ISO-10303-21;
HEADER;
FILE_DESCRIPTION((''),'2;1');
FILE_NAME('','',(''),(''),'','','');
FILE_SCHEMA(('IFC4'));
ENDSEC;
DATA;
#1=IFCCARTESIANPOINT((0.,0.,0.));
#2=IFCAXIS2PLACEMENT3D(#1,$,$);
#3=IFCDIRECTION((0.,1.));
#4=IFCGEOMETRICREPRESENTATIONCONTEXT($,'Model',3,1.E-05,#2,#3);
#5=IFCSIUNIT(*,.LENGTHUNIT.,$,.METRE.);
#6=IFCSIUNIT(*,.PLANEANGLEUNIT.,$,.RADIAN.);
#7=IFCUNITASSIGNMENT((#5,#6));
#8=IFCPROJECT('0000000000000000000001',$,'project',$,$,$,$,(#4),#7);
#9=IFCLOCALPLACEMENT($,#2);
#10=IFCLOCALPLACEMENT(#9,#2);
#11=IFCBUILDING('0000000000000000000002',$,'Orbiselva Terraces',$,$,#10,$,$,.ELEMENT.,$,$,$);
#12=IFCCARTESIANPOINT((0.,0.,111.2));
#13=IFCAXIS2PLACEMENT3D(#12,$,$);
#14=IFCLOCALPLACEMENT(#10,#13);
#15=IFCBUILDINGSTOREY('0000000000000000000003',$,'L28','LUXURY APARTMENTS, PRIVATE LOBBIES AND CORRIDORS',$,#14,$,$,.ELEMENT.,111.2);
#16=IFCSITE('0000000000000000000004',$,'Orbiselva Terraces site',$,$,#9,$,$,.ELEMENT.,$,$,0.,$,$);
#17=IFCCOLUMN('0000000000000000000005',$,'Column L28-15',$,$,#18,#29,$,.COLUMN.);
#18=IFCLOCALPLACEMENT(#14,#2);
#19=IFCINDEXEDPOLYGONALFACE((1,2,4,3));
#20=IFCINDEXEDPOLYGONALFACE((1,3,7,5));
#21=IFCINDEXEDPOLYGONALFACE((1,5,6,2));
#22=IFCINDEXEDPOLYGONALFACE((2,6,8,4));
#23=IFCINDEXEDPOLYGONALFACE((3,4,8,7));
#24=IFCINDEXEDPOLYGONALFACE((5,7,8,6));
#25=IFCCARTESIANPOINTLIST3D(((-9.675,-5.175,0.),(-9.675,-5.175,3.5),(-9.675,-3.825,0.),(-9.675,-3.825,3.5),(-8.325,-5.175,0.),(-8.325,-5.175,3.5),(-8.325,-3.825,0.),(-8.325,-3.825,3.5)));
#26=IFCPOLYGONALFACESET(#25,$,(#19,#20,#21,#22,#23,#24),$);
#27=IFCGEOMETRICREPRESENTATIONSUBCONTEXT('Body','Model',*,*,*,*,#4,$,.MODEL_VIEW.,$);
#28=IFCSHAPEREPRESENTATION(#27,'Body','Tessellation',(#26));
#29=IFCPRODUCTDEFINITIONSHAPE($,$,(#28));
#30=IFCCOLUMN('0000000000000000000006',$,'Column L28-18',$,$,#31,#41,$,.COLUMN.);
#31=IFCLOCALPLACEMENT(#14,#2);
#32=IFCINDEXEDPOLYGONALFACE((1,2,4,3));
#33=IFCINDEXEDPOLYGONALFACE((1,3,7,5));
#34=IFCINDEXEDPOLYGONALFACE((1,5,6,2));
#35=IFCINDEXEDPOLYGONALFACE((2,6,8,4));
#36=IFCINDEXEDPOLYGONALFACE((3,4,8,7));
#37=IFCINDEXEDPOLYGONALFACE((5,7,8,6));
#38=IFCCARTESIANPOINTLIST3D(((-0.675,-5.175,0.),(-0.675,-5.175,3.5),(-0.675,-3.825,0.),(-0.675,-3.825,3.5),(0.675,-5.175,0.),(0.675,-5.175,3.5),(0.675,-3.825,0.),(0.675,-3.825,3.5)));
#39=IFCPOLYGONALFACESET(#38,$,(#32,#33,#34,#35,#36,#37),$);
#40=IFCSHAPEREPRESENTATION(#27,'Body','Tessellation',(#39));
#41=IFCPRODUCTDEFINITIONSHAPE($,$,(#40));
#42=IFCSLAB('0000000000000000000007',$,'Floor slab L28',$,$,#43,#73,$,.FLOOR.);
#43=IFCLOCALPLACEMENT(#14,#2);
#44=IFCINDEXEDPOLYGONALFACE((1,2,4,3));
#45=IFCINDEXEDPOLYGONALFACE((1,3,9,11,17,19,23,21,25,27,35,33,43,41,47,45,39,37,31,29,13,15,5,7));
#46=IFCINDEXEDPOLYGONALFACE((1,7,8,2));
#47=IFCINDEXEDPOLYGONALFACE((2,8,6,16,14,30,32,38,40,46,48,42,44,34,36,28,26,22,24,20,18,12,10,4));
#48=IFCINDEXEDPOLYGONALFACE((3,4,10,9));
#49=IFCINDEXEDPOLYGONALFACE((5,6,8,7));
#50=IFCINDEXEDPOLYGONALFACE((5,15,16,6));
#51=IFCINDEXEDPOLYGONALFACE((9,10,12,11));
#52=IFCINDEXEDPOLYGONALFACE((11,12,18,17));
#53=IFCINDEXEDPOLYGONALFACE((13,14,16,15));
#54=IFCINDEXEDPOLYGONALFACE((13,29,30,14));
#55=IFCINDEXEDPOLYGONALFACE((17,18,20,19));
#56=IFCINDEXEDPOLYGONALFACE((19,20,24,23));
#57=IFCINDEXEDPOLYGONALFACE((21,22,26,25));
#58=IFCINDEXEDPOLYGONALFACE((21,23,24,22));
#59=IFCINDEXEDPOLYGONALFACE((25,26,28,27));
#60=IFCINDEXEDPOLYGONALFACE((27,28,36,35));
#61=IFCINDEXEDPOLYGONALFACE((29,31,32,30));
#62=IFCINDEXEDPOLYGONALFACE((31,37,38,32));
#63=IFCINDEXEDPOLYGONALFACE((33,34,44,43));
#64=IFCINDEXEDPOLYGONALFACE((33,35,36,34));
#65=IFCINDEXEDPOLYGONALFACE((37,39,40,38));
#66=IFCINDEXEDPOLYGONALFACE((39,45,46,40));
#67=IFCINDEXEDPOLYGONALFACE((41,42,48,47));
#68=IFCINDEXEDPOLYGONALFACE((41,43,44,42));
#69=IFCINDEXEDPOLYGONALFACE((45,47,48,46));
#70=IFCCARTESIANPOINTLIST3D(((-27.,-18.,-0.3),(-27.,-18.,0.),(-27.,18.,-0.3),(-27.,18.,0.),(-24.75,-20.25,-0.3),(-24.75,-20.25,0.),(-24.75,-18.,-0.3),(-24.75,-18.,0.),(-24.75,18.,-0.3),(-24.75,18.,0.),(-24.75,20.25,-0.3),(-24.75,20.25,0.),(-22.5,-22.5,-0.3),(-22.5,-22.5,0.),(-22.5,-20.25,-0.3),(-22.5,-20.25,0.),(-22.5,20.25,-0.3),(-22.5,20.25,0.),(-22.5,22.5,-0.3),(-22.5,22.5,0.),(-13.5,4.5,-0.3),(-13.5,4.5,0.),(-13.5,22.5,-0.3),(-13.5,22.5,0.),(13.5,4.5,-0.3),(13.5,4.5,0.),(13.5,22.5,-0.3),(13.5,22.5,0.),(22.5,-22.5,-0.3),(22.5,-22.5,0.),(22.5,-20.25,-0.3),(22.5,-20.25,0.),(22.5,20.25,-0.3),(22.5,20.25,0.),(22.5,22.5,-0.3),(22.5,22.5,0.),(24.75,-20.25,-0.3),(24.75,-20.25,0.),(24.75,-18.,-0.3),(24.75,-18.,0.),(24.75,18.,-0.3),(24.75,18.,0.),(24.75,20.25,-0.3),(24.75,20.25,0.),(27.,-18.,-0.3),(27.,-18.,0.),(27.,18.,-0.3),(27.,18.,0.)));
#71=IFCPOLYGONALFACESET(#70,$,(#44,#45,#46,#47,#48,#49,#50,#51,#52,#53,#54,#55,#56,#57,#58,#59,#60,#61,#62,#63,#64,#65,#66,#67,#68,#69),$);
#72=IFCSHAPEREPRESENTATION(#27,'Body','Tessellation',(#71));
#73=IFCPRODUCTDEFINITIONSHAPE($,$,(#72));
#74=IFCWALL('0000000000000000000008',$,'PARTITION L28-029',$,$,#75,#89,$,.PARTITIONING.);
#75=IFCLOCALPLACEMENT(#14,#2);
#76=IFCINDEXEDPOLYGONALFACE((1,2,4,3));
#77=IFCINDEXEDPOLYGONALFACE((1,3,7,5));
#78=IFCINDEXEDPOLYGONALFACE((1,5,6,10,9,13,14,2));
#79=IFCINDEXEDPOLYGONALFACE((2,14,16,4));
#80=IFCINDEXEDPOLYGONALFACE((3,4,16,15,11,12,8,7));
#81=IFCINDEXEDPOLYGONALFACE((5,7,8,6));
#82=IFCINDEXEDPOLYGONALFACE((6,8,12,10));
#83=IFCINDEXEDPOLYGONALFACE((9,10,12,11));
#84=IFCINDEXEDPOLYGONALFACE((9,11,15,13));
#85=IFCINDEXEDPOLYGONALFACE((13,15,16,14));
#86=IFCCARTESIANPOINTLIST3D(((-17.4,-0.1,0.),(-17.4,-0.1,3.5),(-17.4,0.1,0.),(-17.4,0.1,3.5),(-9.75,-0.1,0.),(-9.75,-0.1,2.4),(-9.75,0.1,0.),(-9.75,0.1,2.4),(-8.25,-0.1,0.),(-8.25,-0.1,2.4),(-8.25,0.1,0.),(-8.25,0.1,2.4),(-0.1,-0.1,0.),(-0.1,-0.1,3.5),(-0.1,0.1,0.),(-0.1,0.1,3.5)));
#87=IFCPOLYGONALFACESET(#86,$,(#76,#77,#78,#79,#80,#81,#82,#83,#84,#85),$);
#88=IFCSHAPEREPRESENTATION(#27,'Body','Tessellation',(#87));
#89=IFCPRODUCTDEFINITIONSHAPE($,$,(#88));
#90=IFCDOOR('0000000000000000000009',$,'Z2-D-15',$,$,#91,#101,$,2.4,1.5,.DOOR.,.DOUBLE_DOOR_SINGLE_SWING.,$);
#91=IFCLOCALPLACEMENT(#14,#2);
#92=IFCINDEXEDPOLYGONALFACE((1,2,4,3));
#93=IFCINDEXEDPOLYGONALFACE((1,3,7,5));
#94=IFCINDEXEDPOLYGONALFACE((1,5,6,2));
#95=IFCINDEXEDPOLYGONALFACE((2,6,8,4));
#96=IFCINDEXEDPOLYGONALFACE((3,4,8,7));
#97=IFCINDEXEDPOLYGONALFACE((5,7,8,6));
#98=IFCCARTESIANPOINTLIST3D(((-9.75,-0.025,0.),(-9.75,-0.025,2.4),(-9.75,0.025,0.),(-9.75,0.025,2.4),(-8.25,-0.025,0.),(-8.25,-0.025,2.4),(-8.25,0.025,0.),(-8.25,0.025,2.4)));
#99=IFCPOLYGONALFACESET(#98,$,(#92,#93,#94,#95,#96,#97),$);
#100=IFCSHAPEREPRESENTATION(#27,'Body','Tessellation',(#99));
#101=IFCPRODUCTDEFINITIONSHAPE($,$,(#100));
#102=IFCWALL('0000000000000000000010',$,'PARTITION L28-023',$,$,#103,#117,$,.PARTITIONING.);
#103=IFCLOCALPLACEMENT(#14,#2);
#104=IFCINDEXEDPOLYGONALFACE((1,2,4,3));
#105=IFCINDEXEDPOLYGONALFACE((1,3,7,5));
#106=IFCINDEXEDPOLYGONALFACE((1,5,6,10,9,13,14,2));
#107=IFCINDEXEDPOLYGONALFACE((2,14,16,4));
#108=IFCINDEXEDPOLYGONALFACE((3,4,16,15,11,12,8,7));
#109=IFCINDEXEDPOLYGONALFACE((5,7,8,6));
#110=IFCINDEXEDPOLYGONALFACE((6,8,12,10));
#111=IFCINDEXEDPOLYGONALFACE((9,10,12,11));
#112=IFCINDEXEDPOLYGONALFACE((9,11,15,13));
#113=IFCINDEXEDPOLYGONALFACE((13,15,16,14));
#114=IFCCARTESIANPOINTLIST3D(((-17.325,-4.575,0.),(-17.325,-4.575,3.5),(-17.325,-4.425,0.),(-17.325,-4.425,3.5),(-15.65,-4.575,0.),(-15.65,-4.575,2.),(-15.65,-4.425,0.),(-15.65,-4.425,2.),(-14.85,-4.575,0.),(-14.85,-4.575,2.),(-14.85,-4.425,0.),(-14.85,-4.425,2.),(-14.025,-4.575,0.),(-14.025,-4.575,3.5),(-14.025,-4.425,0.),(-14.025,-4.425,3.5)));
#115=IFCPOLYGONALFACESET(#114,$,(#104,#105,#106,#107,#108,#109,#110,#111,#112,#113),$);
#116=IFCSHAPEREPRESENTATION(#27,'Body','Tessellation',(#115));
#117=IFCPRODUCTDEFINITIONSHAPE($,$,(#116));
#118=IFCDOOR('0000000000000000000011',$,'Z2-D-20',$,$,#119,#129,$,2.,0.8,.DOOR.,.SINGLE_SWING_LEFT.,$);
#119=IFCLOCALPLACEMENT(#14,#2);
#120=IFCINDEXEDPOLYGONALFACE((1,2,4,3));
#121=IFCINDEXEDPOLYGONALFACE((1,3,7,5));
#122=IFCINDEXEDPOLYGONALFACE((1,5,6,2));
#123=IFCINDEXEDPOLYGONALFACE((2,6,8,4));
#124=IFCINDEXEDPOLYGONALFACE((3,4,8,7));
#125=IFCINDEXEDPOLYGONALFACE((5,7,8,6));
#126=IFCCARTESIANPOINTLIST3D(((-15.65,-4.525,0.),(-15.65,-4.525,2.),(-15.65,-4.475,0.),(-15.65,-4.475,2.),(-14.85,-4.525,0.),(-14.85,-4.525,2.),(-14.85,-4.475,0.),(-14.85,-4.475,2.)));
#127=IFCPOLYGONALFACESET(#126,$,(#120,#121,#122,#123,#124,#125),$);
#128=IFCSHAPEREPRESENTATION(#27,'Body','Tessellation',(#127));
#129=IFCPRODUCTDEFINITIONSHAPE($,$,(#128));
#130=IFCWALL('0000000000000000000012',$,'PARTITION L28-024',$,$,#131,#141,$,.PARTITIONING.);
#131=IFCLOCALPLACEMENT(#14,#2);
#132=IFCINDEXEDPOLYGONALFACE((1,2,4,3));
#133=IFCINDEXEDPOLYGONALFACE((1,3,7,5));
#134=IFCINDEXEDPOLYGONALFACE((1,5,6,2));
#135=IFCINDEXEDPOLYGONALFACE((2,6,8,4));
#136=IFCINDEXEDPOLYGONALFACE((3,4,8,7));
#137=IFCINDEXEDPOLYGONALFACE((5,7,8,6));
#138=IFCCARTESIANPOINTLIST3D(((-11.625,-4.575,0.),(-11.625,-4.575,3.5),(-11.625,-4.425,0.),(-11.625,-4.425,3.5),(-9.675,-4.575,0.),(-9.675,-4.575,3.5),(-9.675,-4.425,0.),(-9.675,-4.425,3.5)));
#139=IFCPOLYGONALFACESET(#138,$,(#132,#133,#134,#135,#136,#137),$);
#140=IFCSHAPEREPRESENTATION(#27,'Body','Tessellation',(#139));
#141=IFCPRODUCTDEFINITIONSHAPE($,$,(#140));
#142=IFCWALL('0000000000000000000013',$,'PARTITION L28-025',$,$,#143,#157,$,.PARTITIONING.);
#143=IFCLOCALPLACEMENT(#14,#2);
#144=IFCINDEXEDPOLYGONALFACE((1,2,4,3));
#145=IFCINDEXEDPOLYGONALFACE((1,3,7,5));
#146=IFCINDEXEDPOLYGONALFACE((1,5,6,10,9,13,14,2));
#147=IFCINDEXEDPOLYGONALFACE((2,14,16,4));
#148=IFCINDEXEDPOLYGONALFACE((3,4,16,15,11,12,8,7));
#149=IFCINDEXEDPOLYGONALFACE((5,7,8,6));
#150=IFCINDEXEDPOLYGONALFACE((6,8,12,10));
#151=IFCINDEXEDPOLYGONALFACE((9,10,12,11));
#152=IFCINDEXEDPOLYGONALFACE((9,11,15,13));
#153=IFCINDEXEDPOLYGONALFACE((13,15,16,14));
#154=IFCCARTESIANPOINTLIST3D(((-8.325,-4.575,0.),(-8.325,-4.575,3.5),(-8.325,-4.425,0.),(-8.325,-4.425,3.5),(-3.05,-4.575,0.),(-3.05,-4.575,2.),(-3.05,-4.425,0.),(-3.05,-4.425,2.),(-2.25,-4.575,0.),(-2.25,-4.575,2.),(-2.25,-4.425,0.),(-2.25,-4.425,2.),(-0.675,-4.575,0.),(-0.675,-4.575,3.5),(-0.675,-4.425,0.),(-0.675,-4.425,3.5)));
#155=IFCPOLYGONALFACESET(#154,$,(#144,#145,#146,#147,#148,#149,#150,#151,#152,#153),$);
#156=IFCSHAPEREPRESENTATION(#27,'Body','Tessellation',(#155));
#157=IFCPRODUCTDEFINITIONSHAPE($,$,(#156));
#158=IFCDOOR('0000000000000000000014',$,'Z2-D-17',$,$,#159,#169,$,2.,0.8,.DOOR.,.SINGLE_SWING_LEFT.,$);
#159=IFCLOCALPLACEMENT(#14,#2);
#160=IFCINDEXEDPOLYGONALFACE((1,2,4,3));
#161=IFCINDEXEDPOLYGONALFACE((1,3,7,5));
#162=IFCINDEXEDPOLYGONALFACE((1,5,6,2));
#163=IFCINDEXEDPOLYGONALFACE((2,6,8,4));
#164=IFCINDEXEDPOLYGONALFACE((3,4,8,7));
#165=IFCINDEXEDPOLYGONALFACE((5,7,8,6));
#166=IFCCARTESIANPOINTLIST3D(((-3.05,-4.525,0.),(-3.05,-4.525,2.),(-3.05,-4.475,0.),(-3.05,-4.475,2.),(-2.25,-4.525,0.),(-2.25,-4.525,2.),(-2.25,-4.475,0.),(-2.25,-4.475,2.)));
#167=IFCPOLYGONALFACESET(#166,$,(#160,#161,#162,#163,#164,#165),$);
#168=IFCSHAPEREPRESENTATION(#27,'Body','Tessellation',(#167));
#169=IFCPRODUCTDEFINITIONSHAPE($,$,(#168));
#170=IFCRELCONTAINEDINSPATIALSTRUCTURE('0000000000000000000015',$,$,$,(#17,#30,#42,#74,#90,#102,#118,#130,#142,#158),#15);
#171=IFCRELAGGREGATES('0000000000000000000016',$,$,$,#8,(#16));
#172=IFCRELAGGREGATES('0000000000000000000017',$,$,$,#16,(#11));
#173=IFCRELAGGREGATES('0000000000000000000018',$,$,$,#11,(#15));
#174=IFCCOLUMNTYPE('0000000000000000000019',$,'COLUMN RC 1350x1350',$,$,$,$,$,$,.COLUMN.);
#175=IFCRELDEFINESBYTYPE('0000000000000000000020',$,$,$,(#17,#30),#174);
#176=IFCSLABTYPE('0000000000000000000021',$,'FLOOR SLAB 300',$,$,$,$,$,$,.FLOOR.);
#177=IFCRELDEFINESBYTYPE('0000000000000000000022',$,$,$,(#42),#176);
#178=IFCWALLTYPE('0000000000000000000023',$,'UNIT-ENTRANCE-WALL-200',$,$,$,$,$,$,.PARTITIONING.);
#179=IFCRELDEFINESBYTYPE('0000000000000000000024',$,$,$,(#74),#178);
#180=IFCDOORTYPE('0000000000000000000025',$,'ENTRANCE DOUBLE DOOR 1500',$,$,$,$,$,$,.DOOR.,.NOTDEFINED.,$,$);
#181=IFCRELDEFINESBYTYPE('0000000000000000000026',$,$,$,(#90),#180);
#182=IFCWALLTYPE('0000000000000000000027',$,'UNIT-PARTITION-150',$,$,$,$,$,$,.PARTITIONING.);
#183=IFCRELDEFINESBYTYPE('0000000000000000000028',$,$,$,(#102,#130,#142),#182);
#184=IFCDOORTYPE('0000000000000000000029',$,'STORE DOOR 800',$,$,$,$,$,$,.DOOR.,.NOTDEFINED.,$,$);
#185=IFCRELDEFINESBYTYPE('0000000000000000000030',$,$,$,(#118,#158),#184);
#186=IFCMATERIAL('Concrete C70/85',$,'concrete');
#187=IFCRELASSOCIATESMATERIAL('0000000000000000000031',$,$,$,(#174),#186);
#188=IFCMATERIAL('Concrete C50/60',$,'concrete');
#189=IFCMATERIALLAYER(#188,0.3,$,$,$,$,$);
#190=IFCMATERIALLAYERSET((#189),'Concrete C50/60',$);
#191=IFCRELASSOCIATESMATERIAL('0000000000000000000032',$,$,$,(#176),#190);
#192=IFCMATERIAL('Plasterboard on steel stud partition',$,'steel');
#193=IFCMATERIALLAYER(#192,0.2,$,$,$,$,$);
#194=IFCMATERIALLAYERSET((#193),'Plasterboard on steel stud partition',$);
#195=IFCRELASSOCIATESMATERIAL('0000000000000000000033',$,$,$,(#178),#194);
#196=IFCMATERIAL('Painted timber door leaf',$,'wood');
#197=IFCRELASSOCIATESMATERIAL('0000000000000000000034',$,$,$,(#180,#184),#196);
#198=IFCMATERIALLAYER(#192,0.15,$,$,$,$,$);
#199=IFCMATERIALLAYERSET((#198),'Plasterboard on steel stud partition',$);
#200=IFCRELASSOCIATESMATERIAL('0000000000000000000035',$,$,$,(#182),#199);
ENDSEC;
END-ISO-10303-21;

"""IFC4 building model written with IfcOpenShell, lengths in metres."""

from ifc_helpers import new_model, si_unit, direction, frame, frame_2d, origin, origin_2d, place, context, subcontext, project, spatial, polyline, rectangle, outline, extrude, material, layer, layer_set, material_profile, profile_set, type_object, element, fill, save


model = new_model("IFC4")

# Units and contexts
model_context = context("Model", 3, precision=1e-05, world=origin(), true_north=direction((0.0, 1.0)))
body_context = subcontext(model_context, "Body", "Model", "MODEL_VIEW")
ifc_project = project(units=[si_unit("LENGTHUNIT", "METRE"), si_unit("PLANEANGLEUNIT", "RADIAN")], contexts=[model_context])

# Site, building, storey
site_placement = place(None, origin())
site = spatial("IfcSite", under=ifc_project, at=site_placement, Name="Orbiselva Terraces site", CompositionType="ELEMENT", RefElevation=0.0)
building_placement = place(site_placement, origin())
building = spatial("IfcBuilding", under=site, at=building_placement, Name="Orbiselva Terraces", CompositionType="ELEMENT")
storey_placement = place(building_placement, frame((0.0, 0.0, 111.2)))
storey = spatial("IfcBuildingStorey", under=building, at=storey_placement, Name="L28", Description="LUXURY APARTMENTS, PRIVATE LOBBIES AND CORRIDORS", CompositionType="ELEMENT", Elevation=111.2)

# Columns
ifc_material_1 = material(Name="Concrete C70/85", Category="concrete")
ifc_material_profile = material_profile(ifc_material_1, rectangle(XDim=1.35, YDim=1.35, at=origin_2d()), Name="RC 1350x1350")
ifc_profile_set = profile_set([ifc_material_profile], Name="Concrete C70/85")
column_type = type_object("IfcColumnType", Name="COLUMN RC 1350x1350", PredefinedType="COLUMN", material=ifc_profile_set)
for number, where, z_axis, x_axis, name in (
    (1, (-9.0, -4.5, 0.0), (0.0, 0.0, 1.0), (1.0, 0.0, 0.0), "Column L28-15"),
    (2, (0.0, -4.5, 0.0), (0.0, 0.0, 1.0), (1.0, 0.0, 0.0), "Column L28-18"),
):
    element("IfcColumn", number, at=place(storey_placement, frame(where, z_axis=z_axis, x_axis=x_axis)), inside=storey, type_object=column_type, Name=name, PredefinedType="COLUMN", context=body_context, shape_type="SweptSolid", body=[
        extrude(rectangle(XDim=1.35, YDim=1.35, at=origin_2d()), origin(), (0.0, 0.0, 1.0), 3.5),
    ])

# Slab
ifc_material_2 = material(Name="Concrete C50/60", Category="concrete")
ifc_layer_1 = layer(ifc_material_2, 0.3)
ifc_layer_set_1 = layer_set([ifc_layer_1], Name="Concrete C50/60")
slab_type = type_object("IfcSlabType", Name="FLOOR SLAB 300", PredefinedType="FLOOR", material=ifc_layer_set_1)
slab_placement = place(storey_placement, frame((0.0, 0.0, -0.3)))
element("IfcSlab", 3, at=slab_placement, inside=storey, type_object=slab_type, Name="Floor slab L28", PredefinedType="FLOOR", context=body_context, shape_type="SweptSolid", body=[
    extrude(outline(polyline([(22.5, 22.5), (22.5, 20.25), (24.75, 20.25), (24.75, 18.0), (27.0, 18.0), (27.0, -18.0), (24.75, -18.0), (24.75, -20.25), (22.5, -20.25), (22.5, -22.5), (-22.5, -22.5), (-22.5, -20.25), (-24.75, -20.25), (-24.75, -18.0), (-27.0, -18.0), (-27.0, 18.0), (-24.75, 18.0), (-24.75, 20.25), (-22.5, 20.25), (-22.5, 22.5), (-13.5, 22.5), (-13.5, 4.5), (13.5, 4.5), (13.5, 22.5), (22.5, 22.5)])), origin(), (0.0, 0.0, 1.0), 0.3),
])

# Walls, openings, doors
ifc_material_3 = material(Name="Plasterboard on steel stud partition", Category="steel")
ifc_layer_2 = layer(ifc_material_3, 0.2)
ifc_layer_set_2 = layer_set([ifc_layer_2], Name="Plasterboard on steel stud partition")
wall_type_1 = type_object("IfcWallType", Name="UNIT-ENTRANCE-WALL-200", PredefinedType="PARTITIONING", material=ifc_layer_set_2)
wall_1_placement = place(storey_placement, frame((-0.1, 0.0, 0.0), z_axis=(0.0, 0.0, 1.0), x_axis=(-1.0, 0.0, 0.0)))
wall_1 = element("IfcWall", 4, at=wall_1_placement, inside=storey, type_object=wall_type_1, Name="PARTITION L28-029", PredefinedType="PARTITIONING", context=body_context, shape_type="SweptSolid", body=[
    extrude(rectangle(XDim=17.3, YDim=0.2, at=frame_2d((8.65, 0.0))), origin(), (0.0, 0.0, 1.0), 3.5),
])
opening_1_placement = place(wall_1_placement, frame((8.15, 0.0, 0.0)))
opening_1 = element("IfcOpeningElement", 5, at=opening_1_placement, cuts=wall_1, PredefinedType="OPENING", context=body_context, shape_type="SweptSolid", body=[
    extrude(rectangle(XDim=1.5, YDim=2.4, at=frame_2d((0.75, 1.2))), frame((0.0, 0.11, 0.0), z_axis=(0.0, -1.0, 0.0), x_axis=(1.0, 0.0, 0.0)), (0.0, 0.0, 1.0), 0.22),
])
ifc_material_4 = material(Name="Painted timber door leaf", Category="wood")
door_type_1 = type_object("IfcDoorType", Name="ENTRANCE DOUBLE DOOR 1500", OperationType="NOTDEFINED", PredefinedType="DOOR", material=ifc_material_4)
door_1_placement = place(opening_1_placement, origin())
door_1 = element("IfcDoor", 6, at=door_1_placement, inside=storey, type_object=door_type_1, Name="Z2-D-15", OperationType="DOUBLE_DOOR_SINGLE_SWING", OverallHeight=2.4, OverallWidth=1.5, PredefinedType="DOOR", context=body_context, shape_type="SweptSolid", body=[
    extrude(rectangle(XDim=1.5, YDim=2.4, at=frame_2d((0.75, 1.2))), frame((0.0, 0.025, 0.0), z_axis=(0.0, -1.0, 0.0), x_axis=(1.0, 0.0, 0.0)), (0.0, 0.0, 1.0), 0.05),
])
fill(opening_1, door_1)
ifc_layer_3 = layer(ifc_material_3, 0.15)
ifc_layer_set_3 = layer_set([ifc_layer_3], Name="Plasterboard on steel stud partition")
wall_type_2 = type_object("IfcWallType", Name="UNIT-PARTITION-150", PredefinedType="PARTITIONING", material=ifc_layer_set_3)
wall_2_placement = place(storey_placement, frame((-14.025, -4.5, 0.0), z_axis=(0.0, 0.0, 1.0), x_axis=(-1.0, 0.0, 0.0)))
wall_2 = element("IfcWall", 7, at=wall_2_placement, inside=storey, type_object=wall_type_2, Name="PARTITION L28-023", PredefinedType="PARTITIONING", context=body_context, shape_type="SweptSolid", body=[
    extrude(rectangle(XDim=3.3, YDim=0.15, at=frame_2d((1.65, 0.0))), origin(), (0.0, 0.0, 1.0), 3.5),
])
opening_2_placement = place(wall_2_placement, frame((0.825, 0.0, 0.0)))
opening_2 = element("IfcOpeningElement", 8, at=opening_2_placement, cuts=wall_2, PredefinedType="OPENING", context=body_context, shape_type="SweptSolid", body=[
    extrude(rectangle(XDim=0.8, YDim=2.0, at=frame_2d((0.4, 1.0))), frame((0.0, 0.085, 0.0), z_axis=(0.0, -1.0, 0.0), x_axis=(1.0, 0.0, 0.0)), (0.0, 0.0, 1.0), 0.17),
])
door_type_2 = type_object("IfcDoorType", Name="STORE DOOR 800", OperationType="NOTDEFINED", PredefinedType="DOOR", material=ifc_material_4)
door_2_placement = place(opening_2_placement, origin())
door_2 = element("IfcDoor", 9, at=door_2_placement, inside=storey, type_object=door_type_2, Name="Z2-D-20", OperationType="SINGLE_SWING_LEFT", OverallHeight=2.0, OverallWidth=0.8, PredefinedType="DOOR", context=body_context, shape_type="SweptSolid", body=[
    extrude(rectangle(XDim=0.8, YDim=2.0, at=frame_2d((0.4, 1.0))), frame((0.0, 0.025, 0.0), z_axis=(0.0, -1.0, 0.0), x_axis=(1.0, 0.0, 0.0)), (0.0, 0.0, 1.0), 0.05),
])
fill(opening_2, door_2)

# Wall
wall_3_placement = place(storey_placement, frame((-11.625, -4.5, 0.0), z_axis=(0.0, 0.0, 1.0), x_axis=(1.0, 0.0, 0.0)))
element("IfcWall", 10, at=wall_3_placement, inside=storey, type_object=wall_type_2, Name="PARTITION L28-024", PredefinedType="PARTITIONING", context=body_context, shape_type="SweptSolid", body=[
    extrude(rectangle(XDim=1.95, YDim=0.15, at=frame_2d((0.975, 0.0))), origin(), (0.0, 0.0, 1.0), 3.5),
])

# Wall, opening, door
wall_4_placement = place(storey_placement, frame((-0.675, -4.5, 0.0), z_axis=(0.0, 0.0, 1.0), x_axis=(-1.0, 0.0, 0.0)))
wall_4 = element("IfcWall", 11, at=wall_4_placement, inside=storey, type_object=wall_type_2, Name="PARTITION L28-025", PredefinedType="PARTITIONING", context=body_context, shape_type="SweptSolid", body=[
    extrude(rectangle(XDim=7.65, YDim=0.15, at=frame_2d((3.825, 0.0))), origin(), (0.0, 0.0, 1.0), 3.5),
])
opening_3_placement = place(wall_4_placement, frame((1.575, 0.0, 0.0)))
opening_3 = element("IfcOpeningElement", 12, at=opening_3_placement, cuts=wall_4, PredefinedType="OPENING", context=body_context, shape_type="SweptSolid", body=[
    extrude(rectangle(XDim=0.8, YDim=2.0, at=frame_2d((0.4, 1.0))), frame((0.0, 0.085, 0.0), z_axis=(0.0, -1.0, 0.0), x_axis=(1.0, 0.0, 0.0)), (0.0, 0.0, 1.0), 0.17),
])
door_3_placement = place(opening_3_placement, origin())
door_3 = element("IfcDoor", 13, at=door_3_placement, inside=storey, type_object=door_type_2, Name="Z2-D-17", OperationType="SINGLE_SWING_LEFT", OverallHeight=2.0, OverallWidth=0.8, PredefinedType="DOOR", context=body_context, shape_type="SweptSolid", body=[
    extrude(rectangle(XDim=0.8, YDim=2.0, at=frame_2d((0.4, 1.0))), frame((0.0, 0.025, 0.0), z_axis=(0.0, -1.0, 0.0), x_axis=(1.0, 0.0, 0.0)), (0.0, 0.0, 1.0), 0.05),
])
fill(opening_3, door_3)

save(model, "model.ifc")
